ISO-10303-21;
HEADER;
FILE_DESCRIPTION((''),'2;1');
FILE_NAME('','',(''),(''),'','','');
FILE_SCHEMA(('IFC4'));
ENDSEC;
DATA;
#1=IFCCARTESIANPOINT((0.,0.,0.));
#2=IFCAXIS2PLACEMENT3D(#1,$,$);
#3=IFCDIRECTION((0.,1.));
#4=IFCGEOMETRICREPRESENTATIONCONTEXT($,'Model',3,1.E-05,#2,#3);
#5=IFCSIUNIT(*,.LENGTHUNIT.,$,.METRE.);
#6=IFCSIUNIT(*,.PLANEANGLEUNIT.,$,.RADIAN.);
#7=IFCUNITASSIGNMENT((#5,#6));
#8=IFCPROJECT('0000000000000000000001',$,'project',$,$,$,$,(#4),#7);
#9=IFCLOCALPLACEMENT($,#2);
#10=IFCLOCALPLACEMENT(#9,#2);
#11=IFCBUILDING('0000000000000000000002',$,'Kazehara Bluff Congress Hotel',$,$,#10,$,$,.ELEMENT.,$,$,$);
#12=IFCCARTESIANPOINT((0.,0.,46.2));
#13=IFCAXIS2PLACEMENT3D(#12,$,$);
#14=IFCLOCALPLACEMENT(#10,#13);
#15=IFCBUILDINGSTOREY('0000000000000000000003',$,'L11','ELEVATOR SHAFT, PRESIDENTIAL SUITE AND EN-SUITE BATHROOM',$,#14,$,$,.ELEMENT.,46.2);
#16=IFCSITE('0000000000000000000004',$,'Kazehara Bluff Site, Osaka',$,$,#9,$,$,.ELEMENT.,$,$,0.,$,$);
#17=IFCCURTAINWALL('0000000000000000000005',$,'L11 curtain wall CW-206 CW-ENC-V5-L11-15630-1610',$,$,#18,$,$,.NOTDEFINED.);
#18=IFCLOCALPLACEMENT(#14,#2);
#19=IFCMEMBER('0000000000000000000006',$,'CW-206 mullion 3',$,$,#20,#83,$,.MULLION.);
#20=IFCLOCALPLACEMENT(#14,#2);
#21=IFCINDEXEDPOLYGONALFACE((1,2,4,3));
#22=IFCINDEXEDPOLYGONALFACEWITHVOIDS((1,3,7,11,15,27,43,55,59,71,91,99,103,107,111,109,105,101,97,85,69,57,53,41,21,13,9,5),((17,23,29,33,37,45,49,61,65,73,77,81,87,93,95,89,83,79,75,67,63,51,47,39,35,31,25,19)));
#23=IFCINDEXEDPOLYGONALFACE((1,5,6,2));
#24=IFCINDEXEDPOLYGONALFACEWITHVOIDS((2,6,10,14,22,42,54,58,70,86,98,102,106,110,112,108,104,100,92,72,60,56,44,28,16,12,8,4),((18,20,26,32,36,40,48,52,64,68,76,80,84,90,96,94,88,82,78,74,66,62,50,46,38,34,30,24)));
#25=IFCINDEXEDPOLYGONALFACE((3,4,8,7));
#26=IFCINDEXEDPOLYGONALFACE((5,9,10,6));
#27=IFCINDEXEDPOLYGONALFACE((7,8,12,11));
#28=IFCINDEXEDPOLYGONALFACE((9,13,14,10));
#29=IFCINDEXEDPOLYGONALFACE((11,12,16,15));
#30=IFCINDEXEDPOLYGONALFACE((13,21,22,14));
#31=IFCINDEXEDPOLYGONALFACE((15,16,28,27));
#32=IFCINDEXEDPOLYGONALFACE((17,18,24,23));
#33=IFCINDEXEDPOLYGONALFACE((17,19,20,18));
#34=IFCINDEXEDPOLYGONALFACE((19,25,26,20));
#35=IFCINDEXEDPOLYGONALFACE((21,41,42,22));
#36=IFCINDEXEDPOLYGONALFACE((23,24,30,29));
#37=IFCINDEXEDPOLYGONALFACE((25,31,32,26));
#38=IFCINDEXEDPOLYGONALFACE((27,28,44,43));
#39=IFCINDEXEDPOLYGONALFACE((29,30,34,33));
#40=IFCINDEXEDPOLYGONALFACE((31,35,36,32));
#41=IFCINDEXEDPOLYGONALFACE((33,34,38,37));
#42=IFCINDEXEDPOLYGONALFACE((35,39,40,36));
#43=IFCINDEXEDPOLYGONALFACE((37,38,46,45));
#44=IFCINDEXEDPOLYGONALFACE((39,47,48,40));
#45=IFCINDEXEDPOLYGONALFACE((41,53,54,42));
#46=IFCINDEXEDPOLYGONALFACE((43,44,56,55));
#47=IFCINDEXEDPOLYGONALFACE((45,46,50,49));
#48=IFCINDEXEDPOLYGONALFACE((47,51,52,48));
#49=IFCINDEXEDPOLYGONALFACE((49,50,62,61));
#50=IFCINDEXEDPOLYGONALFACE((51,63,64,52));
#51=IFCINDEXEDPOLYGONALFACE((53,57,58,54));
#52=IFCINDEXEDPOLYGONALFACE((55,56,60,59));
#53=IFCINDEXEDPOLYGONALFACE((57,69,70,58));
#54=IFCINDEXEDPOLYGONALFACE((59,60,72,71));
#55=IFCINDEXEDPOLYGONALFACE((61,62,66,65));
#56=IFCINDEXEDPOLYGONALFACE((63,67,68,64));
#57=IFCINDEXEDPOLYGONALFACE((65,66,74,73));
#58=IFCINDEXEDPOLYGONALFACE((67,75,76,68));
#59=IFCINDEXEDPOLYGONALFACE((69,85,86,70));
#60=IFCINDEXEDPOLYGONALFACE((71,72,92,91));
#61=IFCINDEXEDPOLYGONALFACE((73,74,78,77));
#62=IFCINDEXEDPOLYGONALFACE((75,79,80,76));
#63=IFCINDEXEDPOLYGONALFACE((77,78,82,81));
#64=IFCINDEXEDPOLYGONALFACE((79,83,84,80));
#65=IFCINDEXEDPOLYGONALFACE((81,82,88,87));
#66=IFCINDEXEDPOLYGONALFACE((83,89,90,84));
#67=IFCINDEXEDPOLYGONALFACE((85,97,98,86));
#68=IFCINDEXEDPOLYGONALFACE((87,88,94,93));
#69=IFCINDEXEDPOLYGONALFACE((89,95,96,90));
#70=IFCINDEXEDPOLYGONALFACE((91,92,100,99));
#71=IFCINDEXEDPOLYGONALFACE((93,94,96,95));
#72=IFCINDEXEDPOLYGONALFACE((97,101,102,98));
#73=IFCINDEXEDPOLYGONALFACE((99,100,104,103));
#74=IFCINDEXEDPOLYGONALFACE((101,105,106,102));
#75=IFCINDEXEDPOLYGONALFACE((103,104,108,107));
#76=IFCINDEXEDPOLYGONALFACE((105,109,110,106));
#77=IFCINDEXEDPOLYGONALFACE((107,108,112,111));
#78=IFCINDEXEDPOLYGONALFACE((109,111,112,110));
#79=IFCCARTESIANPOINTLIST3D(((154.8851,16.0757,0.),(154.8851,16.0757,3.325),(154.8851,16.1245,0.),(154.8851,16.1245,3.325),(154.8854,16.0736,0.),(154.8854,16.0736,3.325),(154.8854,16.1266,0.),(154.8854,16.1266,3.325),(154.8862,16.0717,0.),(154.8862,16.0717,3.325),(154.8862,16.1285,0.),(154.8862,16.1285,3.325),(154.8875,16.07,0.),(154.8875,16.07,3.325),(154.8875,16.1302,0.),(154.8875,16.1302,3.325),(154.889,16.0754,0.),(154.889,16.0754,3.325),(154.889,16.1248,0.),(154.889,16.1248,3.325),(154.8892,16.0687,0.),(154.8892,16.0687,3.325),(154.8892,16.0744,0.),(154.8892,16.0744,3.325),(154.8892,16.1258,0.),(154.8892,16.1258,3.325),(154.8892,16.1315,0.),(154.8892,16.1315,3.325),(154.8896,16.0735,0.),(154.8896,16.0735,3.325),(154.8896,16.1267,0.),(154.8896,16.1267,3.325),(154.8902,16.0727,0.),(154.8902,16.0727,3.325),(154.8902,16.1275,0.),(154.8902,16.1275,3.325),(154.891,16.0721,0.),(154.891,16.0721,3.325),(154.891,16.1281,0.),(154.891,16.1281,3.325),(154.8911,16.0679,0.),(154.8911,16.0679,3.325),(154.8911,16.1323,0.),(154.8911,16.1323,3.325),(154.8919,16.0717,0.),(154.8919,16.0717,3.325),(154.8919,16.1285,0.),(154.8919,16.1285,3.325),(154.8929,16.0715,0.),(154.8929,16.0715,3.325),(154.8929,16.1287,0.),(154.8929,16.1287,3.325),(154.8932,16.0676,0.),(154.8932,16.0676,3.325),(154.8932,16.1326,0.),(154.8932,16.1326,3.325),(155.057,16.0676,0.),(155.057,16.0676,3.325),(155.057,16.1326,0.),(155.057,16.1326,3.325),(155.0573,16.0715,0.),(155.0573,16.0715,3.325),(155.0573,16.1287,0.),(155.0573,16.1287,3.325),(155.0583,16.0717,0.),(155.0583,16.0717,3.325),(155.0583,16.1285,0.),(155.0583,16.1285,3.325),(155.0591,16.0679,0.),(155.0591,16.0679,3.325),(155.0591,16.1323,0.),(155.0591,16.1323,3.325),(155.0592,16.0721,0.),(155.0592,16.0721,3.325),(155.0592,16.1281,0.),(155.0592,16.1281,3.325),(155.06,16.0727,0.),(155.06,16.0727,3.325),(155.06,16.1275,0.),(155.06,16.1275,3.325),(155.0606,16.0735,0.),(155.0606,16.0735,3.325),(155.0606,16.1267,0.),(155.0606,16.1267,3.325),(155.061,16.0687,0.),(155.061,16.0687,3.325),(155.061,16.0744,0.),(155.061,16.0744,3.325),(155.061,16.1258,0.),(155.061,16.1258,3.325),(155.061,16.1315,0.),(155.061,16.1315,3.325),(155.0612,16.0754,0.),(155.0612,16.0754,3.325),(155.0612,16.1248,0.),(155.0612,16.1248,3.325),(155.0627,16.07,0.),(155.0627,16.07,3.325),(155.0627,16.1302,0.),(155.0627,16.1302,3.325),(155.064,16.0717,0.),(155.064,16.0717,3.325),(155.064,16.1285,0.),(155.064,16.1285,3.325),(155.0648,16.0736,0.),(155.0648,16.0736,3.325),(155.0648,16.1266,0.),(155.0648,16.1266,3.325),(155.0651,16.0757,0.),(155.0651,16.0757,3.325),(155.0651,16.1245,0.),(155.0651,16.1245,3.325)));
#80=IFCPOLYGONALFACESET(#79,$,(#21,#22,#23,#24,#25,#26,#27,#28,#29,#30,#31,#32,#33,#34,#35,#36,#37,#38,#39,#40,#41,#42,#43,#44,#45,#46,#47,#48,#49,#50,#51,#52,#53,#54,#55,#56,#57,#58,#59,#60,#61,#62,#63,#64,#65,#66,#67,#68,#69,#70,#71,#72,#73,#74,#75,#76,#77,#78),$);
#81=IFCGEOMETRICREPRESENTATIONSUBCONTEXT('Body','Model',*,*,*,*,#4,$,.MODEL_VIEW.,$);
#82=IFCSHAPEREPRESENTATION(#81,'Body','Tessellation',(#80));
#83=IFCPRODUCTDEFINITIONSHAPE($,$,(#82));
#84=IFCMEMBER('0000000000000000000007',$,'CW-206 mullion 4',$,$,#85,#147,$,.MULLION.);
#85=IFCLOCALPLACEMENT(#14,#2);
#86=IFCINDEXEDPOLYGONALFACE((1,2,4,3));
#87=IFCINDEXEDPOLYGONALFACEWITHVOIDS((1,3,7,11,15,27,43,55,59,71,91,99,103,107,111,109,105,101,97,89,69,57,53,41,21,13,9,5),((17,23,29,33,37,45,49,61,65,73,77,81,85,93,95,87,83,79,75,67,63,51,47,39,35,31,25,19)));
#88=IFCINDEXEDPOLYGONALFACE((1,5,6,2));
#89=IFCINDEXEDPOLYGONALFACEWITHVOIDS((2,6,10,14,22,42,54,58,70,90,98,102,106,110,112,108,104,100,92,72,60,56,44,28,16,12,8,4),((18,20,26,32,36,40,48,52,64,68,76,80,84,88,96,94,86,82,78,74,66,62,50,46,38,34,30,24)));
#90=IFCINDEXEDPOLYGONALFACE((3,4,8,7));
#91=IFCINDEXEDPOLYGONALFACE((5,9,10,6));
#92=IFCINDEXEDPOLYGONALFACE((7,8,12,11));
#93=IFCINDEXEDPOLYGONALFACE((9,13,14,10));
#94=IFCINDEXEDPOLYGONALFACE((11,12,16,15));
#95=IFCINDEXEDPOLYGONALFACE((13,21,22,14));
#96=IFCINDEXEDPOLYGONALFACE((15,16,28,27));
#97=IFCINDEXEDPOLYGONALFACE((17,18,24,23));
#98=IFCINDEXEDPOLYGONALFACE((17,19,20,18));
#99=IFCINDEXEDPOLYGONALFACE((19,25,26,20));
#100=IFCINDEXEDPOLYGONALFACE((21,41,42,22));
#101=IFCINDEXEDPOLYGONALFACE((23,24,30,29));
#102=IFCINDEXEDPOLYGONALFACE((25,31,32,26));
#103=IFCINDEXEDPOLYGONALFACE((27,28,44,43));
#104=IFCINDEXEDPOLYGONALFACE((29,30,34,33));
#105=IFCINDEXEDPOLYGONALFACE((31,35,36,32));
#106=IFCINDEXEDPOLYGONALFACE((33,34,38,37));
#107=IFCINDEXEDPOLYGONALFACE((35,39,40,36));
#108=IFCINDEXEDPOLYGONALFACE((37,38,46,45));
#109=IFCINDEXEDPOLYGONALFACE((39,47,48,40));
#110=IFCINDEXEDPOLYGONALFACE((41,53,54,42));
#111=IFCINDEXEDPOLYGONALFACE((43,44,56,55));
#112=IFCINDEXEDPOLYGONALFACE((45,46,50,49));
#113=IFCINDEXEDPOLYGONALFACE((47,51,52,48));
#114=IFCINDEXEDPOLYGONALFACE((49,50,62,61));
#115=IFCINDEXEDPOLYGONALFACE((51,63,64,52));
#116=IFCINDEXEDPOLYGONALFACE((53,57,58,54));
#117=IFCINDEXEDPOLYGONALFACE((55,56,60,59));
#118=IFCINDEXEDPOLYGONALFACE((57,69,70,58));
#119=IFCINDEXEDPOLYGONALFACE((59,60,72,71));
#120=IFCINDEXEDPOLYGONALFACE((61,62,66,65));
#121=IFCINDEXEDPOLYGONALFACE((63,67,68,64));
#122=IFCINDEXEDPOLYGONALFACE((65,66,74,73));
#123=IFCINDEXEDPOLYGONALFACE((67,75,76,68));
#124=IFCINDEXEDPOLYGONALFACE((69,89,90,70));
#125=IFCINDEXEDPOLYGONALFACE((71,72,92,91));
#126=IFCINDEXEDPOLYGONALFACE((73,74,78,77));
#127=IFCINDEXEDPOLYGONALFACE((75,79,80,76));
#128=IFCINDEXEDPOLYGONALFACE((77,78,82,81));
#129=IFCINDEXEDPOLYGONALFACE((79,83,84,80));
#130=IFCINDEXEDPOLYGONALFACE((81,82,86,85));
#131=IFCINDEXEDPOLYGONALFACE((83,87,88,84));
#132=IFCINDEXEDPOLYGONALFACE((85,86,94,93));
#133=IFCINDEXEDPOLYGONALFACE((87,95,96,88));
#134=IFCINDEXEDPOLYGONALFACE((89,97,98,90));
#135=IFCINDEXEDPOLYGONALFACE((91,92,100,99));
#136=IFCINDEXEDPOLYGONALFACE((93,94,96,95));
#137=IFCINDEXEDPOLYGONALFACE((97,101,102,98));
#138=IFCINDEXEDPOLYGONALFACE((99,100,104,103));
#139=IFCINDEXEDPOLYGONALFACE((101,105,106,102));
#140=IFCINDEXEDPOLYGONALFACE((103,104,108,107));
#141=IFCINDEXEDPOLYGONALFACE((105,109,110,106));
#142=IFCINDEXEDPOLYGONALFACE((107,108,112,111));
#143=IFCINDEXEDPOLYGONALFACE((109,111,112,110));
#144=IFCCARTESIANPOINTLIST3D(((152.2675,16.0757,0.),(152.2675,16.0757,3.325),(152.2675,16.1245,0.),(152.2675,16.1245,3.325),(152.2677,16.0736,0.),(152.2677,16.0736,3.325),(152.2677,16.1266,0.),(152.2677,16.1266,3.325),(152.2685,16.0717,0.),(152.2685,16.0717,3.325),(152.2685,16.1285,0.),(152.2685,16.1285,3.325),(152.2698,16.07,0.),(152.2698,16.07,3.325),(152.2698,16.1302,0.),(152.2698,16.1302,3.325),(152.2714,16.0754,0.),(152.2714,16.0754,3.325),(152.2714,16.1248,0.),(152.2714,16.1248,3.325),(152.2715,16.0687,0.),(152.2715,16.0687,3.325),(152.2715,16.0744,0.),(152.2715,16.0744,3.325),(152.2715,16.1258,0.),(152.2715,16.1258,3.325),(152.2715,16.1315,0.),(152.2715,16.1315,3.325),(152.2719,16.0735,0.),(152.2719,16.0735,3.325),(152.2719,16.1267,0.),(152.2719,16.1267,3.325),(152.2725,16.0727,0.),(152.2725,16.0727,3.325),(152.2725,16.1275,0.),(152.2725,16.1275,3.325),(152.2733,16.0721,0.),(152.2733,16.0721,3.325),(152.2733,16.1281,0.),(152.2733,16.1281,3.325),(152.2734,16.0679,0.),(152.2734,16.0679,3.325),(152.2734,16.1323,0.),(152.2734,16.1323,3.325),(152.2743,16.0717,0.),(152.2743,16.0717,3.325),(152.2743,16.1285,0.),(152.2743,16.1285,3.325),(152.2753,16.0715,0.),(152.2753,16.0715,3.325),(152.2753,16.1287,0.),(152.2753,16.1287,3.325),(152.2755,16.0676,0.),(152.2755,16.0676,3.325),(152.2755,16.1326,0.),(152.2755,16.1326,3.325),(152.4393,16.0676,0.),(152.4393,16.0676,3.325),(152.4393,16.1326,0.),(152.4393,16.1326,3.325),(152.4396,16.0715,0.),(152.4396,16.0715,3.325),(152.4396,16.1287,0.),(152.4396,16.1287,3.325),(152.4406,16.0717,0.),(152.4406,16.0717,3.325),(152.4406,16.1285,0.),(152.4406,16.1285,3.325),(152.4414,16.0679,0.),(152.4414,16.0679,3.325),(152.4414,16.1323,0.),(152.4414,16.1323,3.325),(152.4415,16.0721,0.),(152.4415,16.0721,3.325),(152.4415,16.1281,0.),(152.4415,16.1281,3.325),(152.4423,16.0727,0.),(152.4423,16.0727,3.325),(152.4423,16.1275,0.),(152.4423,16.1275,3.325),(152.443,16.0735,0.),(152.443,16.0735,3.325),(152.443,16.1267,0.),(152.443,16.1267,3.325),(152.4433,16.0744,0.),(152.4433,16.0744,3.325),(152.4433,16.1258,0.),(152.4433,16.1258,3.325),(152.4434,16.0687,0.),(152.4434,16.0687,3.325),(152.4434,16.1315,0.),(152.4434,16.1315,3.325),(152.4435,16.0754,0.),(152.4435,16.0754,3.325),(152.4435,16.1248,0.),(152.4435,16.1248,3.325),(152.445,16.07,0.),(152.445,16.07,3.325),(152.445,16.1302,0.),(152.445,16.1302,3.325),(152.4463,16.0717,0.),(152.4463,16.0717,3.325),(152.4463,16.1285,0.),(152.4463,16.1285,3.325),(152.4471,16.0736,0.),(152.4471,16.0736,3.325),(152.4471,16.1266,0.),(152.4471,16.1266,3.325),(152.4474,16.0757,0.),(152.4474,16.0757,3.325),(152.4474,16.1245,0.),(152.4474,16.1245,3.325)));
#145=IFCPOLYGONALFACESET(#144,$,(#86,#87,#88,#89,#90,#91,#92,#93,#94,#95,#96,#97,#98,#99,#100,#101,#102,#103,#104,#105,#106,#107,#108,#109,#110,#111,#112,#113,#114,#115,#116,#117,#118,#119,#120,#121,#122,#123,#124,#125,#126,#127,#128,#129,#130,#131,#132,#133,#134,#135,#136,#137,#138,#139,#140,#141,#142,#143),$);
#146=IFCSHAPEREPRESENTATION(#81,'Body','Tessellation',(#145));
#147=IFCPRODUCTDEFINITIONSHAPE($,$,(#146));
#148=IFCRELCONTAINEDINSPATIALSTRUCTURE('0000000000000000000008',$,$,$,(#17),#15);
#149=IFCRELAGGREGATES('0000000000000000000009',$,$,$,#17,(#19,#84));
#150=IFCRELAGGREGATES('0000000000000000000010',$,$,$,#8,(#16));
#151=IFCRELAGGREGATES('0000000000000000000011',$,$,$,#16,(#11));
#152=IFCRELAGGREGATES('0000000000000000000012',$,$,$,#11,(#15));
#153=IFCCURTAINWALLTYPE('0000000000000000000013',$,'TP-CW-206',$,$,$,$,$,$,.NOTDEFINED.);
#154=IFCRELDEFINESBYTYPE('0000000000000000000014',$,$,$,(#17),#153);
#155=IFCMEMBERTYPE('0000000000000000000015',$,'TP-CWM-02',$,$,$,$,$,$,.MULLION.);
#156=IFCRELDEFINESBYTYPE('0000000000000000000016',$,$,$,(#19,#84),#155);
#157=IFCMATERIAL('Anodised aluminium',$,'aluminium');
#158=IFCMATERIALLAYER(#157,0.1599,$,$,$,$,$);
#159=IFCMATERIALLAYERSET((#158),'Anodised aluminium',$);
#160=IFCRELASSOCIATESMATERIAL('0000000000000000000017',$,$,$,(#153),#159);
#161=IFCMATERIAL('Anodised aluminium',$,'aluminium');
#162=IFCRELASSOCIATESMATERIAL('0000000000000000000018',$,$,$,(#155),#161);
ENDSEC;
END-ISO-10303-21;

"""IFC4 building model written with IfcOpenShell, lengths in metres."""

from ifc_helpers import new_model, si_unit, direction, frame, origin, origin_2d, place, context, subcontext, project, spatial, hollow_rectangle, extrude, material, layer, layer_set, material_profile, profile_set, type_object, element, aggregate, save


model = new_model("IFC4")

# Units and contexts
model_context = context("Model", 3, precision=1e-05, world=origin(), true_north=direction((0.0, 1.0)))
body_context = subcontext(model_context, "Body", "Model", "MODEL_VIEW")
ifc_project = project(units=[si_unit("LENGTHUNIT", "METRE"), si_unit("PLANEANGLEUNIT", "RADIAN")], contexts=[model_context])

# Site, building, storey
site_placement = place(None, origin())
site = spatial("IfcSite", under=ifc_project, at=site_placement, Name="Kazehara Bluff Site, Osaka", CompositionType="ELEMENT", RefElevation=0.0)
building_placement = place(site_placement, origin())
building = spatial("IfcBuilding", under=site, at=building_placement, Name="Kazehara Bluff Congress Hotel", CompositionType="ELEMENT")
storey_placement = place(building_placement, frame((0.0, 0.0, 46.2)))
storey = spatial("IfcBuildingStorey", under=building, at=storey_placement, Name="L11", Description="ELEVATOR SHAFT, PRESIDENTIAL SUITE AND EN-SUITE BATHROOM", CompositionType="ELEMENT", Elevation=46.2)

# Shared definitions
ifc_material_1 = material(Name="Anodised aluminium", Category="aluminium")
ifc_layer_1 = layer(ifc_material_1, 0.1599)
ifc_layer_set_1 = layer_set([ifc_layer_1], Name="Anodised aluminium")
curtain_wall_type = type_object("IfcCurtainWallType", Name="TP-CW-206", PredefinedType="NOTDEFINED", material=ifc_layer_set_1)
ifc_material_2 = material(Name="Anodised aluminium", Category="aluminium")
ifc_material_profile_1 = material_profile(ifc_material_2, hollow_rectangle(XDim=0.0649, YDim=0.1799, WallThickness=0.0039, InnerFilletRadius=0.0039, OuterFilletRadius=0.0081, at=origin_2d()))
ifc_profile_set_1 = profile_set([ifc_material_profile_1], Name="Anodised aluminium")
member_type_1 = type_object("IfcMemberType", Name="TP-CWM-02", PredefinedType="MULLION", material=ifc_profile_set_1)

# Curtain wall, members
curtain_wall_1_placement = place(storey_placement, origin())
curtain_wall_1 = element("IfcCurtainWall", 1, at=curtain_wall_1_placement, inside=storey, type_object=curtain_wall_type, Name="L11 curtain wall CW-206 CW-ENC-V5-L11-15630-1610", PredefinedType="NOTDEFINED")
member_1_placement = place(storey_placement, frame((154.9751, 16.1001, 0.0), z_axis=(0.0, 0.0, 1.0), x_axis=(0.0, -1.0, 0.0)))
member_1 = element("IfcMember", 2, at=member_1_placement, type_object=member_type_1, Name="CW-206 mullion 3", PredefinedType="MULLION", context=body_context, shape_type="SweptSolid", body=[
    extrude(hollow_rectangle(XDim=0.0649, YDim=0.1799, WallThickness=0.0039, InnerFilletRadius=0.0039, OuterFilletRadius=0.0081, at=origin_2d()), origin(), (0.0, 0.0, 1.0), 3.325),
])
member_2_placement = place(storey_placement, frame((152.3574, 16.1001, 0.0), z_axis=(0.0, 0.0, 1.0), x_axis=(0.0, -1.0, 0.0)))
member_2 = element("IfcMember", 3, at=member_2_placement, type_object=member_type_1, Name="CW-206 mullion 4", PredefinedType="MULLION", context=body_context, shape_type="SweptSolid", body=[
    extrude(hollow_rectangle(XDim=0.0649, YDim=0.1799, WallThickness=0.0039, InnerFilletRadius=0.0039, OuterFilletRadius=0.0081, at=origin_2d()), origin(), (0.0, 0.0, 1.0), 3.325),
])

aggregate(curtain_wall_1, [member_1, member_2])

save(model, "model.ifc")
